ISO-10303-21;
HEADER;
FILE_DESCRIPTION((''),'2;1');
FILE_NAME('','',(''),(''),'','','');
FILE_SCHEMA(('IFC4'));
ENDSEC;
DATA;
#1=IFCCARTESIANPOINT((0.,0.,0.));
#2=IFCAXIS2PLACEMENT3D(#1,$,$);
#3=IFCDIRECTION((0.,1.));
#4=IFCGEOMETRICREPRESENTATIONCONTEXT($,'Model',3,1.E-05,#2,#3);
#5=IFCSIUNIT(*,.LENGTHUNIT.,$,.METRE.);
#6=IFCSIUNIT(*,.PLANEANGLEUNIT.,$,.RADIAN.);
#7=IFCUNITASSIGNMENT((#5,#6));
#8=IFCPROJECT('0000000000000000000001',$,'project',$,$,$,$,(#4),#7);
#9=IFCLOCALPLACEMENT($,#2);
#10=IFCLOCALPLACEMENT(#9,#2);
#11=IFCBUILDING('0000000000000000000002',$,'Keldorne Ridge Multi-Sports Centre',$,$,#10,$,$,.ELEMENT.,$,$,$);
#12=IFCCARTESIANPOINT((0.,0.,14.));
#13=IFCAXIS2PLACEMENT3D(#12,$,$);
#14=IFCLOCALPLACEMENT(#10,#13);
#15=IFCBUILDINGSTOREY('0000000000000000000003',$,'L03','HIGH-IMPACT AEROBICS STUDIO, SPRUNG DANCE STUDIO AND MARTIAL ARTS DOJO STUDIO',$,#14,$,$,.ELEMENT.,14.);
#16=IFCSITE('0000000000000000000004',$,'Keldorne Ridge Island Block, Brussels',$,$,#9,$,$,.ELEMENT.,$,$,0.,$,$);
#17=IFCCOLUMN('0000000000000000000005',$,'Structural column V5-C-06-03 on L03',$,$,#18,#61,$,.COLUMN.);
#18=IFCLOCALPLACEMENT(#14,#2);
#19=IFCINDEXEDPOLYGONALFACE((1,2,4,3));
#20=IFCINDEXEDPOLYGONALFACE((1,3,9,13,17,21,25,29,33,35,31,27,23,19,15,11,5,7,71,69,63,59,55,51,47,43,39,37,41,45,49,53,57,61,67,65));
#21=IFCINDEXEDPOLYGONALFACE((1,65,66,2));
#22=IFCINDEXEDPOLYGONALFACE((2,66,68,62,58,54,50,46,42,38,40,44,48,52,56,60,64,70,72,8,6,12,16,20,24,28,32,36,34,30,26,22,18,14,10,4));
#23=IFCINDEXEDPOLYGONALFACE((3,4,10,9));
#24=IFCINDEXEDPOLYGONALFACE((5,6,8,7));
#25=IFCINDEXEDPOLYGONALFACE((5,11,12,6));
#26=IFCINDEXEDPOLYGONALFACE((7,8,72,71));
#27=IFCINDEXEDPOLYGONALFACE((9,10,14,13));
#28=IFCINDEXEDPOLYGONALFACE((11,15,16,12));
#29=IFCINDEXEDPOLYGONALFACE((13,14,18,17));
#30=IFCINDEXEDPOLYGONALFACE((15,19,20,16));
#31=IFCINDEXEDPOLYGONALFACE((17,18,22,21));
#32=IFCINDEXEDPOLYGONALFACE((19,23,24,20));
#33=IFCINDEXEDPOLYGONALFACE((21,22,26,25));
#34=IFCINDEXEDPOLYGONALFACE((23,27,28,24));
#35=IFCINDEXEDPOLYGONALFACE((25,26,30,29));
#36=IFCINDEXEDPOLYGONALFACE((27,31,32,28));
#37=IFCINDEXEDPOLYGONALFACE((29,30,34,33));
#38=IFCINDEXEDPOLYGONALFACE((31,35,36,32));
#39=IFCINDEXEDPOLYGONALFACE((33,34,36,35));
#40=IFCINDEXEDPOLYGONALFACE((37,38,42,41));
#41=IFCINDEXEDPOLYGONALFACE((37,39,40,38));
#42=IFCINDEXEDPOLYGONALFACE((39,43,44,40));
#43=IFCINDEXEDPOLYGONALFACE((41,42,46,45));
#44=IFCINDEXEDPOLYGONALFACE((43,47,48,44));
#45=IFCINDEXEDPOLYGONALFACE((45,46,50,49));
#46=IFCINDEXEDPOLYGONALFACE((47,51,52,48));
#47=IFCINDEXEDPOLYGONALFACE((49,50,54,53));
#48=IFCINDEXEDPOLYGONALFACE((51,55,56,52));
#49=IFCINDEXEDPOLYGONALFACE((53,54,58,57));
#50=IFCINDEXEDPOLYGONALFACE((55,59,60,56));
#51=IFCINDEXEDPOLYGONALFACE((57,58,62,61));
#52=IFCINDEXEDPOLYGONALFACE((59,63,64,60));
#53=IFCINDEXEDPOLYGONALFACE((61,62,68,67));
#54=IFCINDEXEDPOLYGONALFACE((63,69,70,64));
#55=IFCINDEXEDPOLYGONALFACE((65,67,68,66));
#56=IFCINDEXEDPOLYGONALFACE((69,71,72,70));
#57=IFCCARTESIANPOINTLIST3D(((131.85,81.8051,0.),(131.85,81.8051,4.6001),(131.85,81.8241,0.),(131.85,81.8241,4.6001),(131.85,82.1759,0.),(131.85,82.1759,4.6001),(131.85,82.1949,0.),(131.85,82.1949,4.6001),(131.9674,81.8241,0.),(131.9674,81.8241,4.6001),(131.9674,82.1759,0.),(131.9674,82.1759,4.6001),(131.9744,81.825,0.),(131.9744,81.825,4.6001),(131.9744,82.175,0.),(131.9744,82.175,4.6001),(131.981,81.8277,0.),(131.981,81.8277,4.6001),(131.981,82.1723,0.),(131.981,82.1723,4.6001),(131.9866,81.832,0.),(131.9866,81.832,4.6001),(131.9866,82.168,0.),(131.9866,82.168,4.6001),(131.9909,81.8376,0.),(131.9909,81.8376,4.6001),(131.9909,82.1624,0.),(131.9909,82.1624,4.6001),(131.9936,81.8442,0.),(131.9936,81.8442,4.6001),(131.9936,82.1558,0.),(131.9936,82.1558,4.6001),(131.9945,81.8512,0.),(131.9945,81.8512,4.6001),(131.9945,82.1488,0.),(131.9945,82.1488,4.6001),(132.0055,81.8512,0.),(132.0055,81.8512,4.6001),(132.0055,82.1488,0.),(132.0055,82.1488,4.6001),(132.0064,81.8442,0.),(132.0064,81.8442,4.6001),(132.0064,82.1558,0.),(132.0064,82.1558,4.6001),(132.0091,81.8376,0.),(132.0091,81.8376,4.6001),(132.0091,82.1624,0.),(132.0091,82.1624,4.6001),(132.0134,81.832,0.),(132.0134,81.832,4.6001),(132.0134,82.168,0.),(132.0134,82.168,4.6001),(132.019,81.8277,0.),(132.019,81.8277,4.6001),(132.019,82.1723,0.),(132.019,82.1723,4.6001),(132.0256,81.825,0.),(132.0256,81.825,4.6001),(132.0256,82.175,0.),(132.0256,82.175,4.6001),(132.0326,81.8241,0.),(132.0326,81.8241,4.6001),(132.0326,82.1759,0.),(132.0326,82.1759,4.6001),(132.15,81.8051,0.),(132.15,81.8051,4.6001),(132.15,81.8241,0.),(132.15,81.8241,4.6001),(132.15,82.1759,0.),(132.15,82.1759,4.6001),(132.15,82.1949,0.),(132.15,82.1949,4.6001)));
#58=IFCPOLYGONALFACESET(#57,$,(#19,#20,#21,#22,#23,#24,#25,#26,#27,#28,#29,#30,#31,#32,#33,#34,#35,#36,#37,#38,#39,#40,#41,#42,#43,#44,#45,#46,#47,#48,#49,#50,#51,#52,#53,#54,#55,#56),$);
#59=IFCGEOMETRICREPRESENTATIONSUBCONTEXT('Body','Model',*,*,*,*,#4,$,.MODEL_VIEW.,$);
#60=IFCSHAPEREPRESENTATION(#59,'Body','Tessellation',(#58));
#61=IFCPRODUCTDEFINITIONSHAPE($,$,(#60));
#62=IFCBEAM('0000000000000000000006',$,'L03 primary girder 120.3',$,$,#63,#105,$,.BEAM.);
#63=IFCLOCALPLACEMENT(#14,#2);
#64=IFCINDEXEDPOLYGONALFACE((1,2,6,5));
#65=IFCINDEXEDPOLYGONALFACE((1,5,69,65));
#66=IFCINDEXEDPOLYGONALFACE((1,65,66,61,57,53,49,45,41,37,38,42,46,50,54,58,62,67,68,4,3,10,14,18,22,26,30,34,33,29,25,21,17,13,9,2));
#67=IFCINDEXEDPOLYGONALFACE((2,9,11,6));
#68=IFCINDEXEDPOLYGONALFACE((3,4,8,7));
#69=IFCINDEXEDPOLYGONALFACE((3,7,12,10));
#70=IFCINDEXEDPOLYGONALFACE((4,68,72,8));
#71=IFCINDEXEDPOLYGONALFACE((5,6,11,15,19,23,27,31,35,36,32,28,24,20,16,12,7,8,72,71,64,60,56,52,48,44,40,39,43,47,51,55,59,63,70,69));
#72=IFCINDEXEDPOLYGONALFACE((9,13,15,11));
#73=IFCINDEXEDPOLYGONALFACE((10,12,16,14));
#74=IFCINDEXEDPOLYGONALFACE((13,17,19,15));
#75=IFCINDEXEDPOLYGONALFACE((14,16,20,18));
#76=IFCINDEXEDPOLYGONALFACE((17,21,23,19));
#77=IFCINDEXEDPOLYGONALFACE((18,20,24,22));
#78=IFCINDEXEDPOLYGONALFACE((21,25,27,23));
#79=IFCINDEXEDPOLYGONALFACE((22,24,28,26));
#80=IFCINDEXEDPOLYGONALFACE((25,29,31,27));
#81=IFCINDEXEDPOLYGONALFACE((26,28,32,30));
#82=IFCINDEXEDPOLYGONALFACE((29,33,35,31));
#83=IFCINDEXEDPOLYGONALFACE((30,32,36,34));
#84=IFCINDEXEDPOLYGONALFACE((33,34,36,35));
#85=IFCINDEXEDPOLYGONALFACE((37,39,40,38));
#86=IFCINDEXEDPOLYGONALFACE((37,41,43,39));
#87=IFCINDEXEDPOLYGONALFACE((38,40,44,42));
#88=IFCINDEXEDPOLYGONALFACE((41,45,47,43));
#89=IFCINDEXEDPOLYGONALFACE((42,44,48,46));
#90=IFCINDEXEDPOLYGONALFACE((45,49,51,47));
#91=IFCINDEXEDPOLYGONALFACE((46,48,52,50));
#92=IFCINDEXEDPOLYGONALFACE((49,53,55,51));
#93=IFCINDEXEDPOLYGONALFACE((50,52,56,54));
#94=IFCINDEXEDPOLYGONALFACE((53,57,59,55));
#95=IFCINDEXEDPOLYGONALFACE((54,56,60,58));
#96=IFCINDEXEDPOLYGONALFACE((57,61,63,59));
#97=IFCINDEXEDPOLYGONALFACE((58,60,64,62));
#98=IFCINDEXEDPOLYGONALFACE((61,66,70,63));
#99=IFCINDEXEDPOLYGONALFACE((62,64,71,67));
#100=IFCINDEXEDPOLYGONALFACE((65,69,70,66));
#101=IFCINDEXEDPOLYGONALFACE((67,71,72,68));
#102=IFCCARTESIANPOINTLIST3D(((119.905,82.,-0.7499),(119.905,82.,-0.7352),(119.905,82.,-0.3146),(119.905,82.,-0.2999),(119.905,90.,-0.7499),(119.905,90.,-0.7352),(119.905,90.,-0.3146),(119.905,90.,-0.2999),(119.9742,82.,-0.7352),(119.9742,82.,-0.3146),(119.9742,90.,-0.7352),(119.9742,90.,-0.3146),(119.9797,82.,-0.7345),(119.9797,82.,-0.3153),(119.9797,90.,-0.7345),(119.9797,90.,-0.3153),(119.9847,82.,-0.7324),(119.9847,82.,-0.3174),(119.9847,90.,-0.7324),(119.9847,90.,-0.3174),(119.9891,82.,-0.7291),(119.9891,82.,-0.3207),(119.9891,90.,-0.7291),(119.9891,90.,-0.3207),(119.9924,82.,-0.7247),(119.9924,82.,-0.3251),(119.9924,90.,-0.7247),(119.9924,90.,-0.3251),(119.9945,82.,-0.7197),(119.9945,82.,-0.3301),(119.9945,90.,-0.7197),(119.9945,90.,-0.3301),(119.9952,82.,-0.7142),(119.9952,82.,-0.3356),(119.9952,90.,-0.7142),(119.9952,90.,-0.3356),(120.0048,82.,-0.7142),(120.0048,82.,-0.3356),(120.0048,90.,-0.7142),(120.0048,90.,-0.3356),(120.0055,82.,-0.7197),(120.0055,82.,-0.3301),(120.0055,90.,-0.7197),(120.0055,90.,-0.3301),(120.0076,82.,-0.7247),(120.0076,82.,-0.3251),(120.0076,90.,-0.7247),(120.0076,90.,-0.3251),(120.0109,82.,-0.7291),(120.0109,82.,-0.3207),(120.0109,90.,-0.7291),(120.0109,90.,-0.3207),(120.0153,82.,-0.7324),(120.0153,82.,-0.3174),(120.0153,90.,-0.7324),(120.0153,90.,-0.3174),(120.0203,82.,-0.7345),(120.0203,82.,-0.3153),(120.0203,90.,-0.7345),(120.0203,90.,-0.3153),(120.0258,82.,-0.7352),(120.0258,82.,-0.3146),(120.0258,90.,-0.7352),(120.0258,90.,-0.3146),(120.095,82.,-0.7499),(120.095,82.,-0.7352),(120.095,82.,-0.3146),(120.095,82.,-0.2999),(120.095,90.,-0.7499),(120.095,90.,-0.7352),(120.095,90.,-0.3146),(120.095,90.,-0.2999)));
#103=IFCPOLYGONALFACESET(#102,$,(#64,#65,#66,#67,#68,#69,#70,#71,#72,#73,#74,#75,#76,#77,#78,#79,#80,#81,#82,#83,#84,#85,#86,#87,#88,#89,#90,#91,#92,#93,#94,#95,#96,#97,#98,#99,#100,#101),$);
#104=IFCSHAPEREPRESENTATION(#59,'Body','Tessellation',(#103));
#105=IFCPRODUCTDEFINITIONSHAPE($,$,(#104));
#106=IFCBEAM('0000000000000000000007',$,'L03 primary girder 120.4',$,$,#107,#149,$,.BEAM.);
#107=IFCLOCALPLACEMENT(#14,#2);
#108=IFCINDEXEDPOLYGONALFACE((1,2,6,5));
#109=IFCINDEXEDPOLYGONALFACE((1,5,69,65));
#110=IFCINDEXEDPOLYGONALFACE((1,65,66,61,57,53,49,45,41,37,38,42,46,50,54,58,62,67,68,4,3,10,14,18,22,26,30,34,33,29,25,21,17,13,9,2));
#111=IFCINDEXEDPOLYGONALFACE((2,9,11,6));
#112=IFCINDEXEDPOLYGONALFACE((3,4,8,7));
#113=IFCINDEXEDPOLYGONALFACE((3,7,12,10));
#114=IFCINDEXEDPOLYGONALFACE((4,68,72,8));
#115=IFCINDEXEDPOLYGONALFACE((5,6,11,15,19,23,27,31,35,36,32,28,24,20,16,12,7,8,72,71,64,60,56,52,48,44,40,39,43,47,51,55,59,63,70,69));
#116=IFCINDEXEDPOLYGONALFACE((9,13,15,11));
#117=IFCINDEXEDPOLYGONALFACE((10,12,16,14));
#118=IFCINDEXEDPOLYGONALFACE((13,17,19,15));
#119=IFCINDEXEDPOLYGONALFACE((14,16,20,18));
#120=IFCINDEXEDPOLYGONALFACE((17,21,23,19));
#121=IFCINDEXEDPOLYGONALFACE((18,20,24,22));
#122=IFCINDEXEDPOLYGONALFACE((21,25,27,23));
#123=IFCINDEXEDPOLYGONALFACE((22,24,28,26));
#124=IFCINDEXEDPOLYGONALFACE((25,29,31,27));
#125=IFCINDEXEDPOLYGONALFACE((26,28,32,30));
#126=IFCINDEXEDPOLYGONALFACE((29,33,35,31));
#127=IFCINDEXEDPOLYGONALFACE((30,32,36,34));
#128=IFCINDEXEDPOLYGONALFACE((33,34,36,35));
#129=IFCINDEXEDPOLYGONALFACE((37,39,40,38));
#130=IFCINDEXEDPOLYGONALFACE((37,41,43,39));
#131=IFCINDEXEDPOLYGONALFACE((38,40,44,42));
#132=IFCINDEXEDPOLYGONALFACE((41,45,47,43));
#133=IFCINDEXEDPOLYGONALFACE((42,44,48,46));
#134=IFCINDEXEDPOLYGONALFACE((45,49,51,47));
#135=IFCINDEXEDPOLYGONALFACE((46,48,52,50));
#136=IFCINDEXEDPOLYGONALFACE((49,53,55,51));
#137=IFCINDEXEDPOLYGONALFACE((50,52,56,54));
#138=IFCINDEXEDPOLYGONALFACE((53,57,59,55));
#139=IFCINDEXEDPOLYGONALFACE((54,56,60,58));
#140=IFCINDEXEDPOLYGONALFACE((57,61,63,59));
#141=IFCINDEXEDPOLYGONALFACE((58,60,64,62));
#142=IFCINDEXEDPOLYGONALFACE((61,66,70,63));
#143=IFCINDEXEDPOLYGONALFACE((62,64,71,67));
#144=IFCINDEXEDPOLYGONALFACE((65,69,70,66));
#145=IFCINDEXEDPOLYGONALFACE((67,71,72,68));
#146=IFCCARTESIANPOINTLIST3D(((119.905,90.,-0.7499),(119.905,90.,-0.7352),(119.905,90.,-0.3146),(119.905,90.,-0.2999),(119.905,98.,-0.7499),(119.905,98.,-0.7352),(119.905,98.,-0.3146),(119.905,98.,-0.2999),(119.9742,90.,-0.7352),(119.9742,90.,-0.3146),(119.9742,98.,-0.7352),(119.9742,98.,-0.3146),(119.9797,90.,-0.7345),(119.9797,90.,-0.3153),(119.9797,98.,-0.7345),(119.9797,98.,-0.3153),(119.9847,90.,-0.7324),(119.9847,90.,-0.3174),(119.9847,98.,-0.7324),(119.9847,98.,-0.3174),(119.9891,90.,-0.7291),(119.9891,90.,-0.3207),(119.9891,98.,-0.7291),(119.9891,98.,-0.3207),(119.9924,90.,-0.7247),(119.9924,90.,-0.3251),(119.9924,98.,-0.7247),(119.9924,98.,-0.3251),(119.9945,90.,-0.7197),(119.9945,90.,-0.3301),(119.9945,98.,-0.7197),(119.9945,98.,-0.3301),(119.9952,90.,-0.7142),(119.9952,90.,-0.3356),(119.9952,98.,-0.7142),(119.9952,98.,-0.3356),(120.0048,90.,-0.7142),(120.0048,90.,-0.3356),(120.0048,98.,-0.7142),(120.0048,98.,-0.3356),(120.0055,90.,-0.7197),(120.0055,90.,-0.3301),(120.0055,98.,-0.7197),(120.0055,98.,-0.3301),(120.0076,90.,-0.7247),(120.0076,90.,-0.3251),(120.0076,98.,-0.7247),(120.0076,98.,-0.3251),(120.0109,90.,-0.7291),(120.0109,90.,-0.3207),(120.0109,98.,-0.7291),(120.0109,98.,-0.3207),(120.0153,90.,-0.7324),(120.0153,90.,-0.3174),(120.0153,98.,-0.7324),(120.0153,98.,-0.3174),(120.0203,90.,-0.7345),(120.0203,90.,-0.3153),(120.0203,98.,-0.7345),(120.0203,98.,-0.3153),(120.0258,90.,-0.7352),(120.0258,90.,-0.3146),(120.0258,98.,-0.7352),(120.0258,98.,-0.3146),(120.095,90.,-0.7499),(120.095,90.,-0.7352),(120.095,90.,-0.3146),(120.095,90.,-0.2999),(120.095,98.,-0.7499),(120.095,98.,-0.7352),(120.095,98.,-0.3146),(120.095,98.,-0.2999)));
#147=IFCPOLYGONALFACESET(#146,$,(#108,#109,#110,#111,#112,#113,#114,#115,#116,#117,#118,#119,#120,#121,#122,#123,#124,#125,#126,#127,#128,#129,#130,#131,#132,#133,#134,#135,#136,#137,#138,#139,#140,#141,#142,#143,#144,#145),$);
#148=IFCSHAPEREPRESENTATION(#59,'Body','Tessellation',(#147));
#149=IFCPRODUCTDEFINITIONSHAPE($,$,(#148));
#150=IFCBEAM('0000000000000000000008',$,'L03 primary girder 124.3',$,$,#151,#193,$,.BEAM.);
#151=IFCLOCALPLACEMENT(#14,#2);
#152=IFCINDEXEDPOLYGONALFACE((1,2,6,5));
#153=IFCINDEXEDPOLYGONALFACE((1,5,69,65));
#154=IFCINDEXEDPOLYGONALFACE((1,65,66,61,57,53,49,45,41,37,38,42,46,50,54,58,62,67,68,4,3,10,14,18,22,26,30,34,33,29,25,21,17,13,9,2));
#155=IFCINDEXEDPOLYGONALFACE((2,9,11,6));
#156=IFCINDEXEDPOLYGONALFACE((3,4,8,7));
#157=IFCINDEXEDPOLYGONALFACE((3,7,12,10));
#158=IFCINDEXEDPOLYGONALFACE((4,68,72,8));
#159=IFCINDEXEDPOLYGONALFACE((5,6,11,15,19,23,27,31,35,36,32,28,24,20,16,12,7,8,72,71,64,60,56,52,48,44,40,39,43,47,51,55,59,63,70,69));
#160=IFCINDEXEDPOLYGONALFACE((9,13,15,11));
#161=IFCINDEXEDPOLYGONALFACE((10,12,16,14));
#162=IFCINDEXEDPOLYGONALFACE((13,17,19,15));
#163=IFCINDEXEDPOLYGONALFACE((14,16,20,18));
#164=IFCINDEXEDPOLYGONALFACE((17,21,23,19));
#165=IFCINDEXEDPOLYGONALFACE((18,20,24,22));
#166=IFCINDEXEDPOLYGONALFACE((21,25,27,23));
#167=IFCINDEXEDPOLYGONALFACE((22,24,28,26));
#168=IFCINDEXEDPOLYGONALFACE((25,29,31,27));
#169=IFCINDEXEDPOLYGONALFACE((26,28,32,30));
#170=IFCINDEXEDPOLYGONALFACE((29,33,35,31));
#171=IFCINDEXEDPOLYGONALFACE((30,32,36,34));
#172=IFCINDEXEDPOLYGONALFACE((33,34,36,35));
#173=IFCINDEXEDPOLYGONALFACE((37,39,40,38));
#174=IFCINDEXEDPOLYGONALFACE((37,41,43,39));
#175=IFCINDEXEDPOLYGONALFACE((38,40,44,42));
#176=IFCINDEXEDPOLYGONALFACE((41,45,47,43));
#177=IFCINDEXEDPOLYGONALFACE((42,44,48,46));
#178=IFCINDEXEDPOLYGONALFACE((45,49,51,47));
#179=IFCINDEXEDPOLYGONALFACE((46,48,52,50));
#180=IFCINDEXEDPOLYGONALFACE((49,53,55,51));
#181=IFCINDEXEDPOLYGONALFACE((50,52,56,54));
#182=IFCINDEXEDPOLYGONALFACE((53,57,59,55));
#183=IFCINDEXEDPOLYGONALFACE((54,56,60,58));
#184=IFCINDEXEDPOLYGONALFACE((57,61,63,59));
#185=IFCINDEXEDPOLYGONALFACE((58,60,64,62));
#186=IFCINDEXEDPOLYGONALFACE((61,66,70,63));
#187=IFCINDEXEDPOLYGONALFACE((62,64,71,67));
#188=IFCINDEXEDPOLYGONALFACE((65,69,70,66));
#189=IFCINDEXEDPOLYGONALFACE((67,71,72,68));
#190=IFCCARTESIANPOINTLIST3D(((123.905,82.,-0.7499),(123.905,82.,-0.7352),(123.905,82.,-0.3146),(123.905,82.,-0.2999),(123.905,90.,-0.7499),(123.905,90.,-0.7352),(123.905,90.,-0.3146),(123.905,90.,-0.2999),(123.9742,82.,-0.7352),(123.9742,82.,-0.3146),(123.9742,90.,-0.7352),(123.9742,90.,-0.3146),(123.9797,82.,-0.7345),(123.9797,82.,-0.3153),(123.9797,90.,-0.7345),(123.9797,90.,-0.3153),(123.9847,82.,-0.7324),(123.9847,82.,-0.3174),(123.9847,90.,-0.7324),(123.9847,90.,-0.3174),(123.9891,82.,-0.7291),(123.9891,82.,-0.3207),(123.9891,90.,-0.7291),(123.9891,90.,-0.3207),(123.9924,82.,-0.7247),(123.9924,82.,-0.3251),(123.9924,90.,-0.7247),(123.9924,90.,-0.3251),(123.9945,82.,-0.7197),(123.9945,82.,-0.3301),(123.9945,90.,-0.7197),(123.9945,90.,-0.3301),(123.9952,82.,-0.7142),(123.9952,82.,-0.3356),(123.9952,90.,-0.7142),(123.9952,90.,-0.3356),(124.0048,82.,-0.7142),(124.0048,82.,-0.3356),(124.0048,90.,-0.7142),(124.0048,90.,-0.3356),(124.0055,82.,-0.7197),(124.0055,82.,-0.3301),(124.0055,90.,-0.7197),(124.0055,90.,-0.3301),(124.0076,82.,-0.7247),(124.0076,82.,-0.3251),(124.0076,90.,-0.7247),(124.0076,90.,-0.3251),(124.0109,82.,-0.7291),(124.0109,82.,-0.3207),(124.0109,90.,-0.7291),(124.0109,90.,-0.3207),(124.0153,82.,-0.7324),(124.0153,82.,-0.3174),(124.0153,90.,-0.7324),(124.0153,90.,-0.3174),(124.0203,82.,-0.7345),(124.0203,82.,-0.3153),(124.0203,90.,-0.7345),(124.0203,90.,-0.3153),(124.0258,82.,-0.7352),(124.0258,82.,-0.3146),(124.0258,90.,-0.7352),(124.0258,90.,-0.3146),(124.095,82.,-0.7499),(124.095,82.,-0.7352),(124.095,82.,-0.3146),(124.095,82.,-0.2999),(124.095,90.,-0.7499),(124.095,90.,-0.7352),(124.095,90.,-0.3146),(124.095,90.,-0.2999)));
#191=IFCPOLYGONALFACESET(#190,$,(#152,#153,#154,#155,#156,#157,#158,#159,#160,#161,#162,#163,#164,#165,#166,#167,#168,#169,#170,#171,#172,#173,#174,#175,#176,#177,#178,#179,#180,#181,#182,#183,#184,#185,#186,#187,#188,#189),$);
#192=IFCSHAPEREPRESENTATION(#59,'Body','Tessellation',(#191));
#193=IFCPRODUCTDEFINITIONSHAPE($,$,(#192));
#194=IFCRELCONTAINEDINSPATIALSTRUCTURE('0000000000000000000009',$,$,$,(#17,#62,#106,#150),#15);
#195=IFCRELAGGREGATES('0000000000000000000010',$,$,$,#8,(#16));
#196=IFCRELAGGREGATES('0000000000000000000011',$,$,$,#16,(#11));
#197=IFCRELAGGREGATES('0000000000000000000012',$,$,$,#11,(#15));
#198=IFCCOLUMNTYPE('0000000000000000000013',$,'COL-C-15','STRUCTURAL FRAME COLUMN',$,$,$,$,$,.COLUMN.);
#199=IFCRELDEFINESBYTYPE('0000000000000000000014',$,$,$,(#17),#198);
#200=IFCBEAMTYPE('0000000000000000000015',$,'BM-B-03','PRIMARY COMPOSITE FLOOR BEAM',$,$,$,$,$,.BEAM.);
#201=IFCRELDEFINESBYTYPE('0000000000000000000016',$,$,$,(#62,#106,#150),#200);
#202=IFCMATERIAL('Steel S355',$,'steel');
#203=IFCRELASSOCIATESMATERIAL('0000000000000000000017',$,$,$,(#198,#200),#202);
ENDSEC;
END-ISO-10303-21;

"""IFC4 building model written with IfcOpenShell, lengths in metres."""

from ifc_helpers import new_model, si_unit, direction, frame, origin, origin_2d, place, context, subcontext, project, spatial, i_section, extrude, material, material_profile, profile_set, type_object, element, save


model = new_model("IFC4")

# Units and contexts
model_context = context("Model", 3, precision=1e-05, world=origin(), true_north=direction((0.0, 1.0)))
body_context = subcontext(model_context, "Body", "Model", "MODEL_VIEW")
ifc_project = project(units=[si_unit("LENGTHUNIT", "METRE"), si_unit("PLANEANGLEUNIT", "RADIAN")], contexts=[model_context])

# Site, building, storey
site_placement = place(None, origin())
site = spatial("IfcSite", under=ifc_project, at=site_placement, Name="Keldorne Ridge Island Block, Brussels", CompositionType="ELEMENT", RefElevation=0.0)
building_placement = place(site_placement, origin())
building = spatial("IfcBuilding", under=site, at=building_placement, Name="Keldorne Ridge Multi-Sports Centre", CompositionType="ELEMENT")
storey_placement = place(building_placement, frame((0.0, 0.0, 14.0)))
storey = spatial("IfcBuildingStorey", under=building, at=storey_placement, Name="L03", Description="HIGH-IMPACT AEROBICS STUDIO, SPRUNG DANCE STUDIO AND MARTIAL ARTS DOJO STUDIO", CompositionType="ELEMENT", Elevation=14.0)

# Column
ifc_material_1 = material(Name="Steel S355", Category="steel")
ifc_material_profile_1 = material_profile(ifc_material_1, i_section(OverallWidth=0.3, OverallDepth=0.3899, WebThickness=0.011, FlangeThickness=0.019, FilletRadius=0.0271, at=origin_2d()), Name="HEA 400")
ifc_profile_set_1 = profile_set([ifc_material_profile_1], Name="Steel S355")
column_type = type_object("IfcColumnType", Name="COL-C-15", Description="STRUCTURAL FRAME COLUMN", PredefinedType="COLUMN", material=ifc_profile_set_1)
for number, where, z_axis, x_axis, name in (
    (1, (132.0, 82.0, 0.0), (0.0, 0.0, 1.0), (1.0, 0.0, 0.0), "Structural column V5-C-06-03 on L03"),
):
    element("IfcColumn", number, at=place(storey_placement, frame(where, z_axis=z_axis, x_axis=x_axis)), inside=storey, type_object=column_type, Name=name, PredefinedType="COLUMN", context=body_context, shape_type="SweptSolid", body=[
        extrude(i_section(OverallWidth=0.3, OverallDepth=0.3899, WebThickness=0.011, FlangeThickness=0.019, FilletRadius=0.0271, at=origin_2d()), origin(), (0.0, 0.0, 1.0), 4.6001),
    ])

# Beams
ifc_material_profile_2 = material_profile(ifc_material_1, i_section(OverallWidth=0.1899, OverallDepth=0.45, WebThickness=0.0095, FlangeThickness=0.0146, FilletRadius=0.021, at=origin_2d()), Name="IPE 450")
ifc_profile_set_2 = profile_set([ifc_material_profile_2], Name="Steel S355")
beam_type_1 = type_object("IfcBeamType", Name="BM-B-03", Description="PRIMARY COMPOSITE FLOOR BEAM", PredefinedType="BEAM", material=ifc_profile_set_2)
for number, where, z_axis, x_axis, name in (
    (2, (120.0, 82.0, -0.5249), (0.0, 1.0, 0.0), (-1.0, 0.0, 0.0), "L03 primary girder 120.3"),
    (3, (120.0, 90.0, -0.5249), (0.0, 1.0, 0.0), (-1.0, 0.0, 0.0), "L03 primary girder 120.4"),
    (4, (124.0, 82.0, -0.5249), (0.0, 1.0, 0.0), (-1.0, 0.0, 0.0), "L03 primary girder 124.3"),
):
    element("IfcBeam", number, at=place(storey_placement, frame(where, z_axis=z_axis, x_axis=x_axis)), inside=storey, type_object=beam_type_1, Name=name, PredefinedType="BEAM", context=body_context, shape_type="SweptSolid", body=[
        extrude(i_section(OverallWidth=0.1899, OverallDepth=0.45, WebThickness=0.0095, FlangeThickness=0.0146, FilletRadius=0.021, at=origin_2d()), origin(), (0.0, 0.0, 1.0), 8.0),
    ])

save(model, "model.ifc")
